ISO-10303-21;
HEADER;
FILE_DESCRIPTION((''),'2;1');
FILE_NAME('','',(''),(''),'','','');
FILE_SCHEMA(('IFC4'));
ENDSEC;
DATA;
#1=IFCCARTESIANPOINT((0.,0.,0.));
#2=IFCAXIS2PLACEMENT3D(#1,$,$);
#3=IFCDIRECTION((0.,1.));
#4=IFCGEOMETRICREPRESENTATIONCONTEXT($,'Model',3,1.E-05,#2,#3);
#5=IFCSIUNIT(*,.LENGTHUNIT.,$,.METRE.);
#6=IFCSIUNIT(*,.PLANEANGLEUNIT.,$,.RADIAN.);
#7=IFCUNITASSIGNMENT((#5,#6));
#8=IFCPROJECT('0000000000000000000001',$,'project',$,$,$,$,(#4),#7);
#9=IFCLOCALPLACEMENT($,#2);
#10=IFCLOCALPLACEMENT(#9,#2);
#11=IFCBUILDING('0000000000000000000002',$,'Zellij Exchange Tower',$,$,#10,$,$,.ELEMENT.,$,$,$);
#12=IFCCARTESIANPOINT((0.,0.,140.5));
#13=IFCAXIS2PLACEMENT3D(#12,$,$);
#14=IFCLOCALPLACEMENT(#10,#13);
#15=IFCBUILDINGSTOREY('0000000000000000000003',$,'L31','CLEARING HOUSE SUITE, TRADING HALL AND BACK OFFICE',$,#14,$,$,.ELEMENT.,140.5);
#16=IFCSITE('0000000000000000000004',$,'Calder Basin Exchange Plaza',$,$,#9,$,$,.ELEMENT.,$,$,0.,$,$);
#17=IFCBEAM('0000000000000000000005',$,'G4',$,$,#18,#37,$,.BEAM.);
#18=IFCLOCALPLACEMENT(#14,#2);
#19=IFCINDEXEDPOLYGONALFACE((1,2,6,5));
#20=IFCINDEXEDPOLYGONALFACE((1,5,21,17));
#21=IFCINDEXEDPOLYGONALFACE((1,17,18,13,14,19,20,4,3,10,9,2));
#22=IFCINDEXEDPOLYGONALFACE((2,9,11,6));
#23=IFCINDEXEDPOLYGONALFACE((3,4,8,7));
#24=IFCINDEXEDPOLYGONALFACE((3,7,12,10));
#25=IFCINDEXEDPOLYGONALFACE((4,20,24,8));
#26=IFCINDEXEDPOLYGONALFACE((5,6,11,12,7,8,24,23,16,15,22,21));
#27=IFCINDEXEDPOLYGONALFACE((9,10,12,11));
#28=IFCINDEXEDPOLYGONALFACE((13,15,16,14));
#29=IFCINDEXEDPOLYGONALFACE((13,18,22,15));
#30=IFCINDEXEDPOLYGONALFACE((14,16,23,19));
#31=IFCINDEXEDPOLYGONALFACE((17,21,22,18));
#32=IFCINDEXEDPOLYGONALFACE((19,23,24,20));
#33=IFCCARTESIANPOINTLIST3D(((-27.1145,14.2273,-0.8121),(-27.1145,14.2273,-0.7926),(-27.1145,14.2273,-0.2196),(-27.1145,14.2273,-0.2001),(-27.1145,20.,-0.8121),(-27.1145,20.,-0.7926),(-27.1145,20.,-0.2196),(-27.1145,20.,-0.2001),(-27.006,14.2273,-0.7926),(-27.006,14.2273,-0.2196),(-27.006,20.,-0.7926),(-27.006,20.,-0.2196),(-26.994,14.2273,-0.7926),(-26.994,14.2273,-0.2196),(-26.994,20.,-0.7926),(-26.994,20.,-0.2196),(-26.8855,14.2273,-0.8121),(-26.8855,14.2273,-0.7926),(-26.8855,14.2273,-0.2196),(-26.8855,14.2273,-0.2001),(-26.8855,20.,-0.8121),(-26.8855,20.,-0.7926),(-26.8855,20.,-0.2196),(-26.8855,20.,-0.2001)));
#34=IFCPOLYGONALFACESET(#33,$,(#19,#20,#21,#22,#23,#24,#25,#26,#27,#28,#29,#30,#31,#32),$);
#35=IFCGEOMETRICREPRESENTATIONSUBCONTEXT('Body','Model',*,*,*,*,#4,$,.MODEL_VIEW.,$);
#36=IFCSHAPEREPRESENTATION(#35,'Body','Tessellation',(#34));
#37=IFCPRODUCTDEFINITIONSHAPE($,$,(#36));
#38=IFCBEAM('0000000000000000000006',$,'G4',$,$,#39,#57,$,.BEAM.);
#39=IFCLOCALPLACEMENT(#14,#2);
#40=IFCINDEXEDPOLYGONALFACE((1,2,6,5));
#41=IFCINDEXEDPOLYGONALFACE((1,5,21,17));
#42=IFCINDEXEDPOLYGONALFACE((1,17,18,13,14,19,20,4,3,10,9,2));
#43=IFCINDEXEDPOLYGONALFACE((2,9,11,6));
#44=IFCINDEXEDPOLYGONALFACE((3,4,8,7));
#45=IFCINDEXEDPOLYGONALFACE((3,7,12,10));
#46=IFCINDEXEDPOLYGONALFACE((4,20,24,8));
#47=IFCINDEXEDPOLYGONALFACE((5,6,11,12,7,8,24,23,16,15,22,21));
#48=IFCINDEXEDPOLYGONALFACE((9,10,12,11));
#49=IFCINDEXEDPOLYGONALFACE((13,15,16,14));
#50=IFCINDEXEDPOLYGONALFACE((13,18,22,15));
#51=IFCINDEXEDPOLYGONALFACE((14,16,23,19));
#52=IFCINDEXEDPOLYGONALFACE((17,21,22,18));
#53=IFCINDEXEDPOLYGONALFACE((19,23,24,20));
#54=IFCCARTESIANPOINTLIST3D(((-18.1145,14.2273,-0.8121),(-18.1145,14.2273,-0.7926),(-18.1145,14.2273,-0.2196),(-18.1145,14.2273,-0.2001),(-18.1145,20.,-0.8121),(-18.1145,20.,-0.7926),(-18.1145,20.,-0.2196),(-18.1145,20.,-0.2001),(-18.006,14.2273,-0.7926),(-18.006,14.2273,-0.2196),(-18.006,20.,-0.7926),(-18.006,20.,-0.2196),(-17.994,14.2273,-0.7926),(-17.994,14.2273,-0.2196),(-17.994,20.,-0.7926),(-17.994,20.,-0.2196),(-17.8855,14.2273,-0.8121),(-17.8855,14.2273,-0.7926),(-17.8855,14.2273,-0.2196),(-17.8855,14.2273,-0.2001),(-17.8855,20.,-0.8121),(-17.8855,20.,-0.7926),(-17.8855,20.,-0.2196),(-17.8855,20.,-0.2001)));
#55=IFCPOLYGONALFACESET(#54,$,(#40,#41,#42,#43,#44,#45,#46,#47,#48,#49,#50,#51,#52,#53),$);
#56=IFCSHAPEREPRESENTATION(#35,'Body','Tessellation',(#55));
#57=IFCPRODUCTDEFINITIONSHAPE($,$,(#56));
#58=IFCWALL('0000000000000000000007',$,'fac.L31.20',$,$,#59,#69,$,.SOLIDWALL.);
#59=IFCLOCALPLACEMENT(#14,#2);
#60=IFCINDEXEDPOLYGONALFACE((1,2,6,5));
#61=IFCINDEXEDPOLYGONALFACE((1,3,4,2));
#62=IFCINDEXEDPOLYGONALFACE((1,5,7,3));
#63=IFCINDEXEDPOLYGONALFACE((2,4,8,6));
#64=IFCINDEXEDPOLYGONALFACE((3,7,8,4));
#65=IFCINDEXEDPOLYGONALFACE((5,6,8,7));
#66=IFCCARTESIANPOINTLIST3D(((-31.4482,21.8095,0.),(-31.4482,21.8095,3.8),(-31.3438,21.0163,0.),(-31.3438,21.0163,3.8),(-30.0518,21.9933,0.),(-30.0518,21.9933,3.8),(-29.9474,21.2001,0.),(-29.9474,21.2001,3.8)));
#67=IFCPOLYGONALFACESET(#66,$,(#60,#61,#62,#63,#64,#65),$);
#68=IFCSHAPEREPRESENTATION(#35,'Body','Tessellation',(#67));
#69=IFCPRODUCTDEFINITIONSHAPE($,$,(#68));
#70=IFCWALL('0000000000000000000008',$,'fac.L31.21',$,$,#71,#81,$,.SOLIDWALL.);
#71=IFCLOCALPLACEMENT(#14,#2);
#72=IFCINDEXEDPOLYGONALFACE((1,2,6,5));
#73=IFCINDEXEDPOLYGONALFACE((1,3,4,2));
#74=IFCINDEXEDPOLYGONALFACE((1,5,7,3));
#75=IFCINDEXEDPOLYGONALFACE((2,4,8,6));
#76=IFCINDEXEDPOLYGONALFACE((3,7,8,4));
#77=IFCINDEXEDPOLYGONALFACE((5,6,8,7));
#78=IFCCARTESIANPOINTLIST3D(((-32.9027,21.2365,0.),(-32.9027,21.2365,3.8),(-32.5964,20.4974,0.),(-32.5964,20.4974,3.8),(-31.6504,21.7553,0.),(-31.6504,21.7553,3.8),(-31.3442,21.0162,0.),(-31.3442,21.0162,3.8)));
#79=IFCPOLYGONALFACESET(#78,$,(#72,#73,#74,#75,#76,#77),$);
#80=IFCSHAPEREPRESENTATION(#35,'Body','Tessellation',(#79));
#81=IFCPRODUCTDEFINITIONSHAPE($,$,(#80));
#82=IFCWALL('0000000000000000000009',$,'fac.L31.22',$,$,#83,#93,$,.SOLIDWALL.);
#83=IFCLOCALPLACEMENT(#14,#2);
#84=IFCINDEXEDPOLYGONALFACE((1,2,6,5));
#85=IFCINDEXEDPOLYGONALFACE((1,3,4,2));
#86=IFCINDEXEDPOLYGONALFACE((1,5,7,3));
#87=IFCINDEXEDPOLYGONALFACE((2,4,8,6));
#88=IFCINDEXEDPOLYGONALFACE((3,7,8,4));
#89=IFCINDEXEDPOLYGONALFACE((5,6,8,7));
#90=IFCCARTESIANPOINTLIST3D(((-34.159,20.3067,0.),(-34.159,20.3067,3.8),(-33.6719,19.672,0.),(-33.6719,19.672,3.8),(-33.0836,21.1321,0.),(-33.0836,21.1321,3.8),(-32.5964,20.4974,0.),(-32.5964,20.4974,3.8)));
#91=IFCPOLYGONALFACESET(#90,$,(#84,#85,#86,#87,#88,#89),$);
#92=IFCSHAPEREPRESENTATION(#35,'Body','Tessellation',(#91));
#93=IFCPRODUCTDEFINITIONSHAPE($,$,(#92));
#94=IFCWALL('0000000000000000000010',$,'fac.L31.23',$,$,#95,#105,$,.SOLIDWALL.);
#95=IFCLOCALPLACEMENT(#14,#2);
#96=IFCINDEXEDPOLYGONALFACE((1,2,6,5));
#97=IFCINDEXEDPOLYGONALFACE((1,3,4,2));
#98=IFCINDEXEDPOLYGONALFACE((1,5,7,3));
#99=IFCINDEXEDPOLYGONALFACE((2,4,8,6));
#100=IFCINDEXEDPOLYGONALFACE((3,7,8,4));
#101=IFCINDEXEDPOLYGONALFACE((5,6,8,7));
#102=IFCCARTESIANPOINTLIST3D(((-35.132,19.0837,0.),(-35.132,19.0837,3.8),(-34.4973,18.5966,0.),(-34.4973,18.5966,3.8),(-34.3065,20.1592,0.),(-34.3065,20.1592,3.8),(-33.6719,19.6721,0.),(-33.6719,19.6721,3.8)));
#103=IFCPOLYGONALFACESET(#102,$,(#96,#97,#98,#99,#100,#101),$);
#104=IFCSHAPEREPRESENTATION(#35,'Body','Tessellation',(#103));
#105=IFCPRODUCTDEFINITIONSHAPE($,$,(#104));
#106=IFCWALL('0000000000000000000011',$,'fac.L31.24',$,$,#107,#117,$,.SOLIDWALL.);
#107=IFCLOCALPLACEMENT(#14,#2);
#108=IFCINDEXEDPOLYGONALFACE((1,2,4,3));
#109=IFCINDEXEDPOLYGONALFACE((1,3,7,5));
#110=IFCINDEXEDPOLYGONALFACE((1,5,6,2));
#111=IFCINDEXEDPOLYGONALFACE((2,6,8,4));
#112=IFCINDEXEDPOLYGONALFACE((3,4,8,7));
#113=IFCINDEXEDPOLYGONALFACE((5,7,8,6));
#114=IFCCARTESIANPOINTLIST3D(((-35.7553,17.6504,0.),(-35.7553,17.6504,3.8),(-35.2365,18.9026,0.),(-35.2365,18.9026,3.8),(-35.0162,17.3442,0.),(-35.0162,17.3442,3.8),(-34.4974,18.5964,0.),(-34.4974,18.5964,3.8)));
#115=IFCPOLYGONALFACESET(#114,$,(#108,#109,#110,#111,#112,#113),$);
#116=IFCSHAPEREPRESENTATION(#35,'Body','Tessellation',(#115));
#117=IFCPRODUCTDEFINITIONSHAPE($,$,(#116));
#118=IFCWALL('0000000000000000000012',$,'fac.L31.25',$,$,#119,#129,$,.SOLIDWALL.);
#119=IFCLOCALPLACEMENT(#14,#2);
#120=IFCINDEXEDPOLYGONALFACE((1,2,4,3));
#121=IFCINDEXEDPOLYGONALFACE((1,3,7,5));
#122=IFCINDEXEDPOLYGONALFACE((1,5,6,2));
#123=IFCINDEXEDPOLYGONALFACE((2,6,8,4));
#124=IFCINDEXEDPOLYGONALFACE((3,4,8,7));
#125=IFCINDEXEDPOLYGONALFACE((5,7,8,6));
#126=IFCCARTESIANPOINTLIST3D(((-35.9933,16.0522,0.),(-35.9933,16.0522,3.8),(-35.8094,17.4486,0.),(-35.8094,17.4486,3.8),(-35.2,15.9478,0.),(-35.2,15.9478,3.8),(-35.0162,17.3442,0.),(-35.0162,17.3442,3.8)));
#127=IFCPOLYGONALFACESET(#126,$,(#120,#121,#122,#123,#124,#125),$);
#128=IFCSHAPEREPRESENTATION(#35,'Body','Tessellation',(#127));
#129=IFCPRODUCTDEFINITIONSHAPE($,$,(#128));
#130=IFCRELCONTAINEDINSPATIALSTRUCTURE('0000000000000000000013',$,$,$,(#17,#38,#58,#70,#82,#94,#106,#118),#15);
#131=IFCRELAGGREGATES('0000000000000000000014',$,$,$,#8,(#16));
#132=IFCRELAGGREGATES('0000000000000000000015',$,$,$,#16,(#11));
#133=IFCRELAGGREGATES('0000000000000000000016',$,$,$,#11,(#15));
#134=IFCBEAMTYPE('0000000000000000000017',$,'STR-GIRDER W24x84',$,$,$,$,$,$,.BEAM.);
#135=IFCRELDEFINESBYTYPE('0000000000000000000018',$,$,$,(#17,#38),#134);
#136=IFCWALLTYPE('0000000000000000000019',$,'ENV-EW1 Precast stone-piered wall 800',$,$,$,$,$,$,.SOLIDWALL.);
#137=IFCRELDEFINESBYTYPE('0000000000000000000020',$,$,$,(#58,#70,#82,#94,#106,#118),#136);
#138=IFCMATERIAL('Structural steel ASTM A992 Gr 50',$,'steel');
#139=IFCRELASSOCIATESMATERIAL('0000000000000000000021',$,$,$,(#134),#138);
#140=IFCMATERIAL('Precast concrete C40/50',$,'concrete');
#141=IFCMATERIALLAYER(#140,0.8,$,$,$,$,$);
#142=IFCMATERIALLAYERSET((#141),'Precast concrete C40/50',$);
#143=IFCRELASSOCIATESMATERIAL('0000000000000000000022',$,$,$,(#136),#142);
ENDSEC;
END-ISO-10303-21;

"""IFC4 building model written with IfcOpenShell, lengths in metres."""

from ifc_helpers import new_model, si_unit, direction, frame, frame_2d, origin, origin_2d, place, context, subcontext, project, spatial, rectangle, i_section, extrude, material, layer, layer_set, material_profile, profile_set, type_object, element, save


model = new_model("IFC4")

# Units and contexts
model_context = context("Model", 3, precision=1e-05, world=origin(), true_north=direction((0.0, 1.0)))
body_context = subcontext(model_context, "Body", "Model", "MODEL_VIEW")
ifc_project = project(units=[si_unit("LENGTHUNIT", "METRE"), si_unit("PLANEANGLEUNIT", "RADIAN")], contexts=[model_context])

# Site, building, storey
site_placement = place(None, origin())
site = spatial("IfcSite", under=ifc_project, at=site_placement, Name="Calder Basin Exchange Plaza", CompositionType="ELEMENT", RefElevation=0.0)
building_placement = place(site_placement, origin())
building = spatial("IfcBuilding", under=site, at=building_placement, Name="Zellij Exchange Tower", CompositionType="ELEMENT")
storey_placement = place(building_placement, frame((0.0, 0.0, 140.5)))
storey = spatial("IfcBuildingStorey", under=building, at=storey_placement, Name="L31", Description="CLEARING HOUSE SUITE, TRADING HALL AND BACK OFFICE", CompositionType="ELEMENT", Elevation=140.5)

# Beams
ifc_material_1 = material(Name="Structural steel ASTM A992 Gr 50", Category="steel")
ifc_material_profile_1 = material_profile(ifc_material_1, i_section(OverallWidth=0.229, OverallDepth=0.6121, WebThickness=0.012, FlangeThickness=0.0195, at=origin_2d()), Name="W24x84")
ifc_profile_set_1 = profile_set([ifc_material_profile_1], Name="Structural steel ASTM A992 Gr 50")
beam_type = type_object("IfcBeamType", Name="STR-GIRDER W24x84", PredefinedType="BEAM", material=ifc_profile_set_1)
for number, where, z_axis, x_axis, name in (
    (1, (-27.0, 14.2273, -0.5061), (0.0, 1.0, 0.0), (-1.0, 0.0, 0.0), "G4"),
    (2, (-18.0, 14.2273, -0.5061), (0.0, 1.0, 0.0), (-1.0, 0.0, 0.0), "G4"),
):
    element("IfcBeam", number, at=place(storey_placement, frame(where, z_axis=z_axis, x_axis=x_axis)), inside=storey, type_object=beam_type, Name=name, PredefinedType="BEAM", context=body_context, shape_type="SweptSolid", body=[
        extrude(i_section(OverallWidth=0.229, OverallDepth=0.6121, WebThickness=0.012, FlangeThickness=0.0195, at=origin_2d()), origin(), (0.0, 0.0, 1.0), 5.7727),
    ])

# Walls
ifc_material_2 = material(Name="Precast concrete C40/50", Category="concrete")
ifc_layer_1 = layer(ifc_material_2, 0.8)
ifc_layer_set_1 = layer_set([ifc_layer_1], Name="Precast concrete C40/50")
wall_type_1 = type_object("IfcWallType", Name="ENV-EW1 Precast stone-piered wall 800", PredefinedType="SOLIDWALL", material=ifc_layer_set_1)
wall_1_placement = place(storey_placement, frame((-29.9998, 21.5967, 0.0), z_axis=(0.0, 0.0, 1.0), x_axis=(-0.991446, -0.130517, 0.0)))
element("IfcWall", 3, at=wall_1_placement, inside=storey, type_object=wall_type_1, Name="fac.L31.20", PredefinedType="SOLIDWALL", context=body_context, shape_type="SweptSolid", body=[
    extrude(rectangle(XDim=1.4084, YDim=0.8, at=frame_2d((0.7041, 0.0))), origin(), (0.0, 0.0, 1.0), 3.8),
])
wall_2_placement = place(storey_placement, frame((-31.4973, 21.3857, 0.0), z_axis=(0.0, 0.0, 1.0), x_axis=(-0.923848, -0.38276, 0.0)))
element("IfcWall", 4, at=wall_2_placement, inside=storey, type_object=wall_type_1, Name="fac.L31.21", PredefinedType="SOLIDWALL", context=body_context, shape_type="SweptSolid", body=[
    extrude(rectangle(XDim=1.3555, YDim=0.8, at=frame_2d((0.6777, 0.0))), origin(), (0.0, 0.0, 1.0), 3.8),
])
for number, where, z_axis, x_axis, name in (
    (5, (-32.8401, 20.8147, 0.0), (0.0, 0.0, 1.0), (-0.793273, -0.608866, 0.0), "fac.L31.22"),
    (6, (-33.9893, 19.9155, 0.0), (0.0, 0.0, 1.0), (-0.608866, -0.793273, 0.0), "fac.L31.23"),
):
    element("IfcWall", number, at=place(storey_placement, frame(where, z_axis=z_axis, x_axis=x_axis)), inside=storey, type_object=wall_type_1, Name=name, PredefinedType="SOLIDWALL", context=body_context, shape_type="SweptSolid", body=[
        extrude(rectangle(XDim=1.3557, YDim=0.8, at=frame_2d((0.6777, 0.0))), origin(), (0.0, 0.0, 1.0), 3.8),
    ])
wall_3_placement = place(storey_placement, frame((-34.8669, 18.7495, 0.0), z_axis=(0.0, 0.0, 1.0), x_axis=(-0.38276, -0.923848, 0.0)))
element("IfcWall", 7, at=wall_3_placement, inside=storey, type_object=wall_type_1, Name="fac.L31.24", PredefinedType="SOLIDWALL", context=body_context, shape_type="SweptSolid", body=[
    extrude(rectangle(XDim=1.3555, YDim=0.8, at=frame_2d((0.6777, 0.0))), origin(), (0.0, 0.0, 1.0), 3.8),
])
wall_4_placement = place(storey_placement, frame((-35.4128, 17.3962, 0.0), z_axis=(0.0, 0.0, 1.0), x_axis=(-0.130517, -0.991446, 0.0)))
element("IfcWall", 8, at=wall_4_placement, inside=storey, type_object=wall_type_1, Name="fac.L31.25", PredefinedType="SOLIDWALL", context=body_context, shape_type="SweptSolid", body=[
    extrude(rectangle(XDim=1.4084, YDim=0.8, at=frame_2d((0.7041, 0.0))), origin(), (0.0, 0.0, 1.0), 3.8),
])

save(model, "model.ifc")
